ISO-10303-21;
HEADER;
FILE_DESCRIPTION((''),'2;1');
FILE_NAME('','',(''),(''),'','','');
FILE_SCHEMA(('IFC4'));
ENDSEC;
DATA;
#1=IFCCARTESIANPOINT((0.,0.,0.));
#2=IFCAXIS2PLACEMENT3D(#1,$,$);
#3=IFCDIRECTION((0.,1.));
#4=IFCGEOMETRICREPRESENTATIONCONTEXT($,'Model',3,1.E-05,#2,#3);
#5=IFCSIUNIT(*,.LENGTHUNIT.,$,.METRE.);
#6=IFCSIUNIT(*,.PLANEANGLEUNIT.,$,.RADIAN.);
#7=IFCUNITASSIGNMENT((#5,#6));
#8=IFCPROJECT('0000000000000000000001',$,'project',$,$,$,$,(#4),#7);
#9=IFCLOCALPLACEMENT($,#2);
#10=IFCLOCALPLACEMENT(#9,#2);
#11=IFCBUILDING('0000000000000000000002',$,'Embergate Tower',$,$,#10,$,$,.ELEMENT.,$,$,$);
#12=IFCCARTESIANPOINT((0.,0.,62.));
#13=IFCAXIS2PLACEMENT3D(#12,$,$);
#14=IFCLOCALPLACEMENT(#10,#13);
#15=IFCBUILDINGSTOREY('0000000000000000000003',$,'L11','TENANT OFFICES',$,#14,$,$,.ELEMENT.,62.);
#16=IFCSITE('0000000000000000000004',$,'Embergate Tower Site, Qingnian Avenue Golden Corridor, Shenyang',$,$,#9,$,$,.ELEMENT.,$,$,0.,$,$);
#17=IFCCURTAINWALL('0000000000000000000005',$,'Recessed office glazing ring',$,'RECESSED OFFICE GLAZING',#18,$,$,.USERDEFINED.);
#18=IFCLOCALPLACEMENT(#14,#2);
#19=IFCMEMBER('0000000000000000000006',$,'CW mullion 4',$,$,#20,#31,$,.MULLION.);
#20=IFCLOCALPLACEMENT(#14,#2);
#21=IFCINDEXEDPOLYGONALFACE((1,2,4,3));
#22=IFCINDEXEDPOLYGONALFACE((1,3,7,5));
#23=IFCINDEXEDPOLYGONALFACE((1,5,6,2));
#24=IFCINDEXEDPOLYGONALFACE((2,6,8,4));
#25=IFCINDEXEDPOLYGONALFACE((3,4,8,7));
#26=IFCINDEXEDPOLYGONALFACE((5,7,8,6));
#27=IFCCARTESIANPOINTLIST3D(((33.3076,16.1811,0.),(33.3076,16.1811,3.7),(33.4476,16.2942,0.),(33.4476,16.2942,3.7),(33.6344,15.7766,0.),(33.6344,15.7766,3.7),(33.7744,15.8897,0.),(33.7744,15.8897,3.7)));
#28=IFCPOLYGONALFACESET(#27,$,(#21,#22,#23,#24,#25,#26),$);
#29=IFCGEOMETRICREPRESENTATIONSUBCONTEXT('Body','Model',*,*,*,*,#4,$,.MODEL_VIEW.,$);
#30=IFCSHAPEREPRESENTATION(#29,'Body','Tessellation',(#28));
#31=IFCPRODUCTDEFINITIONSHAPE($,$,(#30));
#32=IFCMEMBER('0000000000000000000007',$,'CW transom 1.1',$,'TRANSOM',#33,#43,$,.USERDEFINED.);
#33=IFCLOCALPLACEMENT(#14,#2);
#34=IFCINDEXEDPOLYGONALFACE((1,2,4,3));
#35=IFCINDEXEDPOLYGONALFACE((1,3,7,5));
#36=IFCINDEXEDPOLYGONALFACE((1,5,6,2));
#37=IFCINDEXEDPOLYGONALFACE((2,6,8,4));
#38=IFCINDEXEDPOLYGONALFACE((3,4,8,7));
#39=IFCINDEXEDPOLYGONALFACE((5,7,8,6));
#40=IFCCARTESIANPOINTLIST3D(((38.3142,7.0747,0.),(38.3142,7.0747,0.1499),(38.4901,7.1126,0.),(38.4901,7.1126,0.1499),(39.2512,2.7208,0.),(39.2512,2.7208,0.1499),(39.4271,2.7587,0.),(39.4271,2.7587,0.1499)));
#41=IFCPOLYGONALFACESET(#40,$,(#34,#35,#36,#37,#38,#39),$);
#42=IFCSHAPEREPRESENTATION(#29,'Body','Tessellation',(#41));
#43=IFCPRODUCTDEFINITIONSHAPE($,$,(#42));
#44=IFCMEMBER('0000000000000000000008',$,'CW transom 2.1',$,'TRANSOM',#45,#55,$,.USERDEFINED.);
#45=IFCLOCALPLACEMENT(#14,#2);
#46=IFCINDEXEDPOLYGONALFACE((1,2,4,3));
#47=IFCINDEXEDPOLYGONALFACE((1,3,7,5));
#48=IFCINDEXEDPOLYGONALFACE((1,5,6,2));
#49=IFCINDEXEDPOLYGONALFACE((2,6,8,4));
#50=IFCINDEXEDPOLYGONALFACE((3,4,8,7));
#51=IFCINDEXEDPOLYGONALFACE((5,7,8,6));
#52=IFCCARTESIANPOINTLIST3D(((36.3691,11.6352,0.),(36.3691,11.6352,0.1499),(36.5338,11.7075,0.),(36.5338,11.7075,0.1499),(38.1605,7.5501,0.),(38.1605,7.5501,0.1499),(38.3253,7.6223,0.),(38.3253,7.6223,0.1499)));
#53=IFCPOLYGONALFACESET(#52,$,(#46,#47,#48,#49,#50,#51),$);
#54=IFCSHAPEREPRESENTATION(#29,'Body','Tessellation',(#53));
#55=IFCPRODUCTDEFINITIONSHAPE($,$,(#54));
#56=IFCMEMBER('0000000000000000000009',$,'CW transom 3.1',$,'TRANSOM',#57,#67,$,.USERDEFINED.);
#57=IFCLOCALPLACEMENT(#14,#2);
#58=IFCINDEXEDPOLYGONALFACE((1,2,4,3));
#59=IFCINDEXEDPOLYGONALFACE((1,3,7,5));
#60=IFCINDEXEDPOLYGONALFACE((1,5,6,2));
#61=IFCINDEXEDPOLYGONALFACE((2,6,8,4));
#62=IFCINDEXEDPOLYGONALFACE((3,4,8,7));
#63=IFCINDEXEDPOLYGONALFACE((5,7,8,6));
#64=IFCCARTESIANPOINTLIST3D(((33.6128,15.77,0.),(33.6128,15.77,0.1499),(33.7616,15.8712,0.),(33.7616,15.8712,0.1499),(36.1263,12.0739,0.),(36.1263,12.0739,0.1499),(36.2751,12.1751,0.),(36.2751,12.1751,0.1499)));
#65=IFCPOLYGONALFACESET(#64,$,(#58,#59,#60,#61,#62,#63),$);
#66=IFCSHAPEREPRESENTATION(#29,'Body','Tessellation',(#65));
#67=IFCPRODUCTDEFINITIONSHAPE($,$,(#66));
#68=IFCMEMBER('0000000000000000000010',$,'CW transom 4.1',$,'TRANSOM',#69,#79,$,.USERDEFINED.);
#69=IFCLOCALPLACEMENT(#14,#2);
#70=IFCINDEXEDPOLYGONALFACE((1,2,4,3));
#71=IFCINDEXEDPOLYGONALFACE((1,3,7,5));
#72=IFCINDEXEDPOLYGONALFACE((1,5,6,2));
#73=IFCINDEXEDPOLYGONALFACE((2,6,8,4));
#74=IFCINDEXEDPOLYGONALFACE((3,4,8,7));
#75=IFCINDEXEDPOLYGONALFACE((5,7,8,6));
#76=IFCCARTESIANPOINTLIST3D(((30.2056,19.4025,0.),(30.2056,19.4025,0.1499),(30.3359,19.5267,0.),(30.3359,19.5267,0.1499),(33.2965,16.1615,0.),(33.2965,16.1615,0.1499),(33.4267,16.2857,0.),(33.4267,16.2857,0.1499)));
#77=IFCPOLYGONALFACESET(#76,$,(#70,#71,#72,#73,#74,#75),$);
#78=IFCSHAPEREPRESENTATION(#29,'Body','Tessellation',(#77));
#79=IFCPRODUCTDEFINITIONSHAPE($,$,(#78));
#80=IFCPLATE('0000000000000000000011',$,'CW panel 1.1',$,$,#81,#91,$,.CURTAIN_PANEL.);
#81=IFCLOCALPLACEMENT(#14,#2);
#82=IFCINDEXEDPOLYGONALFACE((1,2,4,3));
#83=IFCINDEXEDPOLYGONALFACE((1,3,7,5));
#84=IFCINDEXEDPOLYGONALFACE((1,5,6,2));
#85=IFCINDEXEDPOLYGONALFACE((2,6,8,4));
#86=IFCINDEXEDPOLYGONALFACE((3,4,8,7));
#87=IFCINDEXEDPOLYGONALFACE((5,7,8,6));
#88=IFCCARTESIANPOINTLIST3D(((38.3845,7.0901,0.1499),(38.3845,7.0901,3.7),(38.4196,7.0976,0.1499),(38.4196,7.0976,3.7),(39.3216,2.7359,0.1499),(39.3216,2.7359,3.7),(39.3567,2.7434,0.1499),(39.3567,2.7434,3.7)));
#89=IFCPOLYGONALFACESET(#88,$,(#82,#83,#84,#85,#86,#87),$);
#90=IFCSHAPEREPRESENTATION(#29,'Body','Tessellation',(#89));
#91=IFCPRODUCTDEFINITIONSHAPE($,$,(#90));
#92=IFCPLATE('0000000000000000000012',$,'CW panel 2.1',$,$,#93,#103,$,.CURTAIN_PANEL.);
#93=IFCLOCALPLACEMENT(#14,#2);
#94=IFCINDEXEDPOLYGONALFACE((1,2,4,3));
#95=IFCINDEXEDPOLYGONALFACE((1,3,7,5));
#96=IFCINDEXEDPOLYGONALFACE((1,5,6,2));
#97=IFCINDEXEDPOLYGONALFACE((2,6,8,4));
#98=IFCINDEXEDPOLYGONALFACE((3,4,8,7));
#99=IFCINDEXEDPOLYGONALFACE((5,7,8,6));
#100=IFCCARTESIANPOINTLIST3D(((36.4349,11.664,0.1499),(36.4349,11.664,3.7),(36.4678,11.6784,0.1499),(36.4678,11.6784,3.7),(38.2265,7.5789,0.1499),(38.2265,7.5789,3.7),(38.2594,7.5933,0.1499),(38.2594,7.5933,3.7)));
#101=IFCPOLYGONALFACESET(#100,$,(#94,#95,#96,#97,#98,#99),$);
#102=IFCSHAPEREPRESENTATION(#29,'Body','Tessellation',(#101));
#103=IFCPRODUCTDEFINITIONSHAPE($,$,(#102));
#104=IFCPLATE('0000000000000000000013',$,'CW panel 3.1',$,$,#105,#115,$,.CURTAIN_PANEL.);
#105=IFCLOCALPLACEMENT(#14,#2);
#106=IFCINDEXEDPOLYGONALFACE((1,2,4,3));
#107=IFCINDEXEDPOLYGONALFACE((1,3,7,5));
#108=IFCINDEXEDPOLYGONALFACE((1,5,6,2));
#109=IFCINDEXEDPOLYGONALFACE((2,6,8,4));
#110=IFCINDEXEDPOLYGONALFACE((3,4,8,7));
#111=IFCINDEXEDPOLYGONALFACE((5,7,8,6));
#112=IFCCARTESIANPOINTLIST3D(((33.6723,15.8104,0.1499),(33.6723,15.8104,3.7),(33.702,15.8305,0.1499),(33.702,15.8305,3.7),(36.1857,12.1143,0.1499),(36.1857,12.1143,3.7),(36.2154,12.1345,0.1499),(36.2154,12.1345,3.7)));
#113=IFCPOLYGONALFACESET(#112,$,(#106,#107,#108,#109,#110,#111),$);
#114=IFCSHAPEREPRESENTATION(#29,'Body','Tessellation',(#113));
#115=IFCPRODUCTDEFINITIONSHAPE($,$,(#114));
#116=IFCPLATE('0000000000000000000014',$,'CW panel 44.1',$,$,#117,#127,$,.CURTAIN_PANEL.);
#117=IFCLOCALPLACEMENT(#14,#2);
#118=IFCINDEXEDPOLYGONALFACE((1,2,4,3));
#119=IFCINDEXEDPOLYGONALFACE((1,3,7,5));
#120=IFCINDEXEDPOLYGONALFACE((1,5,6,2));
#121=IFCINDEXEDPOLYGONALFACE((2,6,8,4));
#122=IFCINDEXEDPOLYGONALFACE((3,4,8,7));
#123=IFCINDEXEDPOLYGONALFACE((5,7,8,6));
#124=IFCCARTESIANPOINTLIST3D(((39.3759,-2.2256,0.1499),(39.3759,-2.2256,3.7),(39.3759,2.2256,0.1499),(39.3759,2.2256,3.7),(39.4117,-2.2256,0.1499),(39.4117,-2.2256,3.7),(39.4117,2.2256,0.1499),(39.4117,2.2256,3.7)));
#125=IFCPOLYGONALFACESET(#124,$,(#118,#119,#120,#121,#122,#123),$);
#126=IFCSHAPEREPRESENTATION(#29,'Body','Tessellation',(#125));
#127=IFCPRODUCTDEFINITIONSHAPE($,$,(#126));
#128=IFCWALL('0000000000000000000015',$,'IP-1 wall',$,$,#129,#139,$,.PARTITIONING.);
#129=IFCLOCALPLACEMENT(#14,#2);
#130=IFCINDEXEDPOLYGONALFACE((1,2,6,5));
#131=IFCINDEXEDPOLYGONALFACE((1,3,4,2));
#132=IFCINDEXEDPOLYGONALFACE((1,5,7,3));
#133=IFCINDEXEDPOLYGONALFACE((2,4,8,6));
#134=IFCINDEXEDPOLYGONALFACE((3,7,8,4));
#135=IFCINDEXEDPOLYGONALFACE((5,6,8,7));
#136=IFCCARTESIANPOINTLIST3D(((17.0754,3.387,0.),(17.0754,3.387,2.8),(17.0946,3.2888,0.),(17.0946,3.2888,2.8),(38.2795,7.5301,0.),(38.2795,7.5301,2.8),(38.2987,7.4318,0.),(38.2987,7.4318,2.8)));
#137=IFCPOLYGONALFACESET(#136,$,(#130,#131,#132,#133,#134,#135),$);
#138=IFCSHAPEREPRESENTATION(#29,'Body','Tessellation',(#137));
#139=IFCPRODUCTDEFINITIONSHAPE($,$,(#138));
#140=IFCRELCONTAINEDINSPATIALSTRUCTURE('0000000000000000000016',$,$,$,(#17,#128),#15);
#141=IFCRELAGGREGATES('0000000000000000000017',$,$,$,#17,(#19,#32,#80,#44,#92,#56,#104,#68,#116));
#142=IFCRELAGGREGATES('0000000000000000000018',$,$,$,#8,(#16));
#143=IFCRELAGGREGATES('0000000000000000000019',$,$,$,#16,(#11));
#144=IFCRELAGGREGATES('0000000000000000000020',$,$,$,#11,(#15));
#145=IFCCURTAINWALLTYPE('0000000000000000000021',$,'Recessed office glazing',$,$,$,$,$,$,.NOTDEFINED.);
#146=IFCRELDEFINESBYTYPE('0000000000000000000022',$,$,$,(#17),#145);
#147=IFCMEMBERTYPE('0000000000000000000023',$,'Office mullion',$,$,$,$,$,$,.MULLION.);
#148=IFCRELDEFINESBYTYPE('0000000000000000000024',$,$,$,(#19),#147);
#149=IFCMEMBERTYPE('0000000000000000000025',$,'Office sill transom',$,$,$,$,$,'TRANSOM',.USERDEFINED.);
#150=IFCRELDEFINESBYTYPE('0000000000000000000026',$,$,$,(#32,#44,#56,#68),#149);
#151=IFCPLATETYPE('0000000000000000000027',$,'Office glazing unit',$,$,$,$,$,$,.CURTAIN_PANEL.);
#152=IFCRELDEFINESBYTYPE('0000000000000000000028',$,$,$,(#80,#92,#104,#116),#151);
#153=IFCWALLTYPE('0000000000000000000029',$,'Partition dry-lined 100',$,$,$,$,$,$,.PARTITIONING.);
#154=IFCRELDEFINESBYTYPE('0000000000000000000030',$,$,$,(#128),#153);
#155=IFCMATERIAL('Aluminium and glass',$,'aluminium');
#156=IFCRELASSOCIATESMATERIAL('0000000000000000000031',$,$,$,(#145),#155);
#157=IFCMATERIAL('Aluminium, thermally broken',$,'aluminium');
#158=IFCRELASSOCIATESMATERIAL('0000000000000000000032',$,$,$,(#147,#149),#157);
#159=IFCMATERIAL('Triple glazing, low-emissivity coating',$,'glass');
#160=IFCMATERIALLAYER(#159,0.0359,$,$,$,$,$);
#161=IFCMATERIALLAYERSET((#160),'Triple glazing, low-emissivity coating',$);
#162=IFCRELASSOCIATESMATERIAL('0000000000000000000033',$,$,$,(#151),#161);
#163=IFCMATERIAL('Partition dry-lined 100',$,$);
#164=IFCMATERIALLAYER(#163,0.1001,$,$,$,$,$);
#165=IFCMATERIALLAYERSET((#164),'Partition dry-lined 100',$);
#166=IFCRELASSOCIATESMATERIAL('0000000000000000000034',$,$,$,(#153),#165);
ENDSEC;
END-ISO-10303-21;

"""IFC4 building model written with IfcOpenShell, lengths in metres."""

from ifc_helpers import new_model, si_unit, direction, frame, frame_2d, origin, origin_2d, place, context, subcontext, project, spatial, rectangle, extrude, source, transform, mapped, material, layer, layer_set, material_profile, profile_set, type_object, element, aggregate, save


model = new_model("IFC4")

# Units and contexts
model_context = context("Model", 3, precision=1e-05, world=origin(), true_north=direction((0.0, 1.0)))
body_context = subcontext(model_context, "Body", "Model", "MODEL_VIEW")
ifc_project = project(units=[si_unit("LENGTHUNIT", "METRE"), si_unit("PLANEANGLEUNIT", "RADIAN")], contexts=[model_context])

# Site, building, storey
site_placement = place(None, origin())
site = spatial("IfcSite", under=ifc_project, at=site_placement, Name="Embergate Tower Site, Qingnian Avenue Golden Corridor, Shenyang", CompositionType="ELEMENT", RefElevation=0.0)
building_placement = place(site_placement, origin())
building = spatial("IfcBuilding", under=site, at=building_placement, Name="Embergate Tower", CompositionType="ELEMENT")
storey_placement = place(building_placement, frame((0.0, 0.0, 62.0)))
storey = spatial("IfcBuildingStorey", under=building, at=storey_placement, Name="L11", Description="TENANT OFFICES", CompositionType="ELEMENT", Elevation=62.0)

# Curtain wall, members, plates
ifc_material_1 = material(Name="Aluminium and glass", Category="aluminium")
curtain_wall_type = type_object("IfcCurtainWallType", Name="Recessed office glazing", PredefinedType="NOTDEFINED", material=ifc_material_1)
curtain_wall_placement = place(storey_placement, origin())
curtain_wall = element("IfcCurtainWall", 1, at=curtain_wall_placement, inside=storey, type_object=curtain_wall_type, Name="Recessed office glazing ring", ObjectType="RECESSED OFFICE GLAZING", PredefinedType="USERDEFINED")
ifc_material_2 = material(Name="Aluminium, thermally broken", Category="aluminium")
ifc_material_profile_1 = material_profile(ifc_material_2, rectangle(XDim=0.1799, YDim=0.52, at=origin_2d()), Name="AL 520x180")
ifc_profile_set_1 = profile_set([ifc_material_profile_1], Name="Aluminium, thermally broken")
member_type_1 = type_object("IfcMemberType", Name="Office mullion", PredefinedType="MULLION", material=ifc_profile_set_1)
shared_shape_1 = source(origin(), body_context, "Body", "SweptSolid", [
    extrude(rectangle(XDim=0.1799, YDim=0.52, at=origin_2d()), origin(), (0.0, 0.0, 1.0), 3.7),
])
member_1_placement = place(storey_placement, frame((33.541, 16.0354, 0.0), z_axis=(0.0, 0.0, 1.0), x_axis=(-0.777884, -0.628408, 0.0)))
member_1 = element("IfcMember", 2, at=member_1_placement, type_object=member_type_1, Name="CW mullion 4", PredefinedType="MULLION", context=body_context, shape_type="MappedRepresentation", body=[
    mapped(shared_shape_1, transform((0.0, 0.0, 0.0))),
])
ifc_material_profile_2 = material_profile(ifc_material_2, rectangle(XDim=0.1799, YDim=0.1499, at=origin_2d()), Name="AL 150x180")
ifc_profile_set_2 = profile_set([ifc_material_profile_2], Name="Aluminium, thermally broken")
member_type_2 = type_object("IfcMemberType", Name="Office sill transom", ElementType="TRANSOM", PredefinedType="USERDEFINED", material=ifc_profile_set_2)
shared_shape_2 = source(origin(), body_context, "Body", "SweptSolid", [
    extrude(rectangle(XDim=0.1799, YDim=0.1499, at=origin_2d()), origin(), (0.0, 0.0, 1.0), 4.4536),
])
member_2_placement = place(storey_placement, frame((39.3391, 2.7397, 0.075), z_axis=(-0.21039, 0.977618, 0.0), x_axis=(-0.977618, -0.21039, 0.0)))
member_2 = element("IfcMember", 3, at=member_2_placement, type_object=member_type_2, Name="CW transom 1.1", ObjectType="TRANSOM", PredefinedType="USERDEFINED", context=body_context, shape_type="MappedRepresentation", body=[
    mapped(shared_shape_2, transform((0.0, 0.0, 0.0))),
])
shared_shape_3 = source(origin(), body_context, "Body", "SweptSolid", [
    extrude(rectangle(XDim=0.1799, YDim=0.1499, at=origin_2d()), origin(), (0.0, 0.0, 1.0), 4.4607),
])
member_3_placement = place(storey_placement, frame((38.2429, 7.5862, 0.075), z_axis=(-0.401614, 0.915809, 0.0), x_axis=(-0.915809, -0.401614, 0.0)))
member_3 = element("IfcMember", 4, at=member_3_placement, type_object=member_type_2, Name="CW transom 2.1", ObjectType="TRANSOM", PredefinedType="USERDEFINED", context=body_context, shape_type="MappedRepresentation", body=[
    mapped(shared_shape_3, transform((0.0, 0.0, 0.0))),
])
shared_shape_4 = source(origin(), body_context, "Body", "SweptSolid", [
    extrude(rectangle(XDim=0.1799, YDim=0.1499, at=origin_2d()), origin(), (0.0, 0.0, 1.0), 4.4697),
])
member_4_placement = place(storey_placement, frame((36.2007, 12.1245, 0.075), z_axis=(-0.562328, 0.826914, 0.0), x_axis=(-0.826914, -0.562328, 0.0)))
member_4 = element("IfcMember", 5, at=member_4_placement, type_object=member_type_2, Name="CW transom 3.1", ObjectType="TRANSOM", PredefinedType="USERDEFINED", context=body_context, shape_type="MappedRepresentation", body=[
    mapped(shared_shape_4, transform((0.0, 0.0, 0.0))),
])
shared_shape_5 = source(origin(), body_context, "Body", "SweptSolid", [
    extrude(rectangle(XDim=0.1799, YDim=0.1499, at=origin_2d()), origin(), (0.0, 0.0, 1.0), 4.4785),
])
member_5_placement = place(storey_placement, frame((33.3616, 16.2236, 0.075), z_axis=(-0.690145, 0.723671, 0.0), x_axis=(-0.723671, -0.690145, 0.0)))
member_5 = element("IfcMember", 6, at=member_5_placement, type_object=member_type_2, Name="CW transom 4.1", ObjectType="TRANSOM", PredefinedType="USERDEFINED", context=body_context, shape_type="MappedRepresentation", body=[
    mapped(shared_shape_5, transform((0.0, 0.0, 0.0))),
])
ifc_material_3 = material(Name="Triple glazing, low-emissivity coating", Category="glass")
ifc_layer_1 = layer(ifc_material_3, 0.0359)
ifc_layer_set_1 = layer_set([ifc_layer_1], Name="Triple glazing, low-emissivity coating")
plate_type = type_object("IfcPlateType", Name="Office glazing unit", PredefinedType="CURTAIN_PANEL", material=ifc_layer_set_1)
shared_shape_6 = source(origin(), body_context, "Body", "SweptSolid", [
    extrude(rectangle(XDim=4.4539, YDim=0.0359, at=origin_2d()), origin(), (0.0, 0.0, 1.0), 3.55),
])
plate_1_placement = place(storey_placement, frame((38.8706, 4.9167, 0.1499), z_axis=(0.0, 0.0, 1.0), x_axis=(-0.210392, 0.977617, 0.0)))
plate_1 = element("IfcPlate", 7, at=plate_1_placement, type_object=plate_type, Name="CW panel 1.1", PredefinedType="CURTAIN_PANEL", context=body_context, shape_type="MappedRepresentation", body=[
    mapped(shared_shape_6, transform((0.0, 0.0, 0.0))),
])
shared_shape_7 = source(origin(), body_context, "Body", "SweptSolid", [
    extrude(rectangle(XDim=4.4607, YDim=0.0359, at=origin_2d()), origin(), (0.0, 0.0, 1.0), 3.55),
])
plate_2_placement = place(storey_placement, frame((37.3472, 9.6287, 0.1499), z_axis=(0.0, 0.0, 1.0), x_axis=(-0.401644, 0.915796, 0.0)))
plate_2 = element("IfcPlate", 8, at=plate_2_placement, type_object=plate_type, Name="CW panel 2.1", PredefinedType="CURTAIN_PANEL", context=body_context, shape_type="MappedRepresentation", body=[
    mapped(shared_shape_7, transform((0.0, 0.0, 0.0))),
])
shared_shape_8 = source(origin(), body_context, "Body", "SweptSolid", [
    extrude(rectangle(XDim=4.4697, YDim=0.0359, at=origin_2d()), origin(), (0.0, 0.0, 1.0), 3.55),
])
plate_3_placement = place(storey_placement, frame((34.9438, 13.9724, 0.1499), z_axis=(0.0, 0.0, 1.0), x_axis=(-0.562332, 0.826912, 0.0)))
plate_3 = element("IfcPlate", 9, at=plate_3_placement, type_object=plate_type, Name="CW panel 3.1", PredefinedType="CURTAIN_PANEL", context=body_context, shape_type="MappedRepresentation", body=[
    mapped(shared_shape_8, transform((0.0, 0.0, 0.0))),
])
shared_shape_9 = source(origin(), body_context, "Body", "SweptSolid", [
    extrude(rectangle(XDim=4.4512, YDim=0.0359, at=origin_2d()), origin(), (0.0, 0.0, 1.0), 3.55),
])
plate_4_placement = place(storey_placement, frame((39.3938, 0.0, 0.1499), z_axis=(0.0, 0.0, 1.0), x_axis=(0.0, 1.0, 0.0)))
plate_4 = element("IfcPlate", 10, at=plate_4_placement, type_object=plate_type, Name="CW panel 44.1", PredefinedType="CURTAIN_PANEL", context=body_context, shape_type="MappedRepresentation", body=[
    mapped(shared_shape_9, transform((0.0, 0.0, 0.0))),
])
aggregate(curtain_wall, [member_1, member_2, plate_1, member_3, plate_2, member_4, plate_3, member_5, plate_4])

# Wall
ifc_material_4 = material(Name="Partition dry-lined 100")
ifc_layer_2 = layer(ifc_material_4, 0.1001)
ifc_layer_set_2 = layer_set([ifc_layer_2], Name="Partition dry-lined 100")
wall_type = type_object("IfcWallType", Name="Partition dry-lined 100", PredefinedType="PARTITIONING", material=ifc_layer_set_2)
shared_shape_10 = source(origin(), body_context, "Body", "SweptSolid", [
    extrude(rectangle(XDim=21.605, YDim=0.1001, at=frame_2d((10.8025, 0.0))), origin(), (0.0, 0.0, 1.0), 2.8),
])
wall_placement = place(storey_placement, frame((38.2891, 7.481, 0.0), z_axis=(0.0, 0.0, 1.0), x_axis=(-0.981441, -0.191764, 0.0)))
element("IfcWall", 11, at=wall_placement, inside=storey, type_object=wall_type, Name="IP-1 wall", PredefinedType="PARTITIONING", context=body_context, shape_type="MappedRepresentation", body=[
    mapped(shared_shape_10, transform((0.0, 0.0, 0.0))),
])

save(model, "model.ifc")
